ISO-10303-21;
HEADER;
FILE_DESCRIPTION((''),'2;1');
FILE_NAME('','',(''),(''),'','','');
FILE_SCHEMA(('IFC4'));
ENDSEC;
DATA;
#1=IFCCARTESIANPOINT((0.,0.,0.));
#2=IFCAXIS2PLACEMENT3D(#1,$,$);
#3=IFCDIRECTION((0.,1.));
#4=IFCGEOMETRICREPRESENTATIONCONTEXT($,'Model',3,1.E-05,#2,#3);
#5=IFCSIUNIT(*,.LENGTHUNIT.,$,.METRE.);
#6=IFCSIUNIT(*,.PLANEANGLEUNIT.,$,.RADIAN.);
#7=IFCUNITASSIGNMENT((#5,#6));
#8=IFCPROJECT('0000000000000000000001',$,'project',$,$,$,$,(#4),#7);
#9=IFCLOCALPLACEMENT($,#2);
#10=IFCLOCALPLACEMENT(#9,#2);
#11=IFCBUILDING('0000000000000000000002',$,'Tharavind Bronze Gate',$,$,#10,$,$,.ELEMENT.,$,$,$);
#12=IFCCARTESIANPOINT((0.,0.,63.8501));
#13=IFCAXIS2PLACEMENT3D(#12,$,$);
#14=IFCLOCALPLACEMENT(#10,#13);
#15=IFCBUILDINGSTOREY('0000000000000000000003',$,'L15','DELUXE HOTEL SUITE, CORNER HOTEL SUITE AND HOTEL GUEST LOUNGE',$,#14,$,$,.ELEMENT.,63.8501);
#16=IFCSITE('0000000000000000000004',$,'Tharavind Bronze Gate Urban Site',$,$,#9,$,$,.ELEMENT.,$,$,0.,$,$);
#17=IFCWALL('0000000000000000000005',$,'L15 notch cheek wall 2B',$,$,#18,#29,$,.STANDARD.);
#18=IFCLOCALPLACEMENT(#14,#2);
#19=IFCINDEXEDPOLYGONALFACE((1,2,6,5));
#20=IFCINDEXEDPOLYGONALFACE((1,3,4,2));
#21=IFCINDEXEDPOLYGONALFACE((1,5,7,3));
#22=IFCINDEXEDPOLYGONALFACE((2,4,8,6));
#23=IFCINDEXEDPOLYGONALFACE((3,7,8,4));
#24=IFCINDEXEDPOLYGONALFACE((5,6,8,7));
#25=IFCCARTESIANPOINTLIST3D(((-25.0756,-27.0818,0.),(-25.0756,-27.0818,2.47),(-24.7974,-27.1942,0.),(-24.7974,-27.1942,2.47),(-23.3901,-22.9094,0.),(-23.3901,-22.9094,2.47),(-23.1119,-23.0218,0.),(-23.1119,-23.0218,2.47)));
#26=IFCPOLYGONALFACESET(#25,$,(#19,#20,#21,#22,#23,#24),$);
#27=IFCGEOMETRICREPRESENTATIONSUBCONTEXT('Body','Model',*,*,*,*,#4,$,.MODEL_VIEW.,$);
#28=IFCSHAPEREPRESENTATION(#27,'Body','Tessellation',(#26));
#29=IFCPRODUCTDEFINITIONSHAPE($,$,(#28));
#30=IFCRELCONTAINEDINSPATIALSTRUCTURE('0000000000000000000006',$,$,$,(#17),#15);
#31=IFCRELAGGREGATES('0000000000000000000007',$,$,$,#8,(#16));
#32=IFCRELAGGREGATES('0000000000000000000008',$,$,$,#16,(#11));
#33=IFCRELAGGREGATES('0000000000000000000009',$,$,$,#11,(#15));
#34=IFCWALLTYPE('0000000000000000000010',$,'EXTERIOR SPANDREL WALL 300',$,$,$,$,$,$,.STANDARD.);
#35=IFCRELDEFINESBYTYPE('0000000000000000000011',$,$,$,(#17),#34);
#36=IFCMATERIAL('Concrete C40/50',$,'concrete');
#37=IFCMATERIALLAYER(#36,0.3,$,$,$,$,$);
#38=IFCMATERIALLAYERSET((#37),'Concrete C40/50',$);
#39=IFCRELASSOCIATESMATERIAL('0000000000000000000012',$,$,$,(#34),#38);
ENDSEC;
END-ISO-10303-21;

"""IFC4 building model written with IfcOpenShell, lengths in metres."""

from ifc_helpers import new_model, si_unit, direction, frame, frame_2d, origin, place, context, subcontext, project, spatial, rectangle, extrude, material, layer, layer_set, type_object, element, save


model = new_model("IFC4")

# Units and contexts
model_context = context("Model", 3, precision=1e-05, world=origin(), true_north=direction((0.0, 1.0)))
body_context = subcontext(model_context, "Body", "Model", "MODEL_VIEW")
ifc_project = project(units=[si_unit("LENGTHUNIT", "METRE"), si_unit("PLANEANGLEUNIT", "RADIAN")], contexts=[model_context])

# Site, building, storey
site_placement = place(None, origin())
site = spatial("IfcSite", under=ifc_project, at=site_placement, Name="Tharavind Bronze Gate Urban Site", CompositionType="ELEMENT", RefElevation=0.0)
building_placement = place(site_placement, origin())
building = spatial("IfcBuilding", under=site, at=building_placement, Name="Tharavind Bronze Gate", CompositionType="ELEMENT")
storey_placement = place(building_placement, frame((0.0, 0.0, 63.8501)))
storey = spatial("IfcBuildingStorey", under=building, at=storey_placement, Name="L15", Description="DELUXE HOTEL SUITE, CORNER HOTEL SUITE AND HOTEL GUEST LOUNGE", CompositionType="ELEMENT", Elevation=63.8501)

# Wall
ifc_material_1 = material(Name="Concrete C40/50", Category="concrete")
ifc_layer_1 = layer(ifc_material_1, 0.3)
ifc_layer_set_1 = layer_set([ifc_layer_1], Name="Concrete C40/50")
wall_type = type_object("IfcWallType", Name="EXTERIOR SPANDREL WALL 300", PredefinedType="STANDARD", material=ifc_layer_set_1)
wall_1_placement = place(storey_placement, frame((-23.251, -22.9656, 0.0), z_axis=(0.0, 0.0, 1.0), x_axis=(-0.374569, -0.927199, 0.0)))
element("IfcWall", 1, at=wall_1_placement, inside=storey, type_object=wall_type, Name="L15 notch cheek wall 2B", PredefinedType="STANDARD", context=body_context, shape_type="SweptSolid", body=[
    extrude(rectangle(XDim=4.5, YDim=0.3, at=frame_2d((2.25, 0.0))), origin(), (0.0, 0.0, 1.0), 2.47),
])

save(model, "model.ifc")
